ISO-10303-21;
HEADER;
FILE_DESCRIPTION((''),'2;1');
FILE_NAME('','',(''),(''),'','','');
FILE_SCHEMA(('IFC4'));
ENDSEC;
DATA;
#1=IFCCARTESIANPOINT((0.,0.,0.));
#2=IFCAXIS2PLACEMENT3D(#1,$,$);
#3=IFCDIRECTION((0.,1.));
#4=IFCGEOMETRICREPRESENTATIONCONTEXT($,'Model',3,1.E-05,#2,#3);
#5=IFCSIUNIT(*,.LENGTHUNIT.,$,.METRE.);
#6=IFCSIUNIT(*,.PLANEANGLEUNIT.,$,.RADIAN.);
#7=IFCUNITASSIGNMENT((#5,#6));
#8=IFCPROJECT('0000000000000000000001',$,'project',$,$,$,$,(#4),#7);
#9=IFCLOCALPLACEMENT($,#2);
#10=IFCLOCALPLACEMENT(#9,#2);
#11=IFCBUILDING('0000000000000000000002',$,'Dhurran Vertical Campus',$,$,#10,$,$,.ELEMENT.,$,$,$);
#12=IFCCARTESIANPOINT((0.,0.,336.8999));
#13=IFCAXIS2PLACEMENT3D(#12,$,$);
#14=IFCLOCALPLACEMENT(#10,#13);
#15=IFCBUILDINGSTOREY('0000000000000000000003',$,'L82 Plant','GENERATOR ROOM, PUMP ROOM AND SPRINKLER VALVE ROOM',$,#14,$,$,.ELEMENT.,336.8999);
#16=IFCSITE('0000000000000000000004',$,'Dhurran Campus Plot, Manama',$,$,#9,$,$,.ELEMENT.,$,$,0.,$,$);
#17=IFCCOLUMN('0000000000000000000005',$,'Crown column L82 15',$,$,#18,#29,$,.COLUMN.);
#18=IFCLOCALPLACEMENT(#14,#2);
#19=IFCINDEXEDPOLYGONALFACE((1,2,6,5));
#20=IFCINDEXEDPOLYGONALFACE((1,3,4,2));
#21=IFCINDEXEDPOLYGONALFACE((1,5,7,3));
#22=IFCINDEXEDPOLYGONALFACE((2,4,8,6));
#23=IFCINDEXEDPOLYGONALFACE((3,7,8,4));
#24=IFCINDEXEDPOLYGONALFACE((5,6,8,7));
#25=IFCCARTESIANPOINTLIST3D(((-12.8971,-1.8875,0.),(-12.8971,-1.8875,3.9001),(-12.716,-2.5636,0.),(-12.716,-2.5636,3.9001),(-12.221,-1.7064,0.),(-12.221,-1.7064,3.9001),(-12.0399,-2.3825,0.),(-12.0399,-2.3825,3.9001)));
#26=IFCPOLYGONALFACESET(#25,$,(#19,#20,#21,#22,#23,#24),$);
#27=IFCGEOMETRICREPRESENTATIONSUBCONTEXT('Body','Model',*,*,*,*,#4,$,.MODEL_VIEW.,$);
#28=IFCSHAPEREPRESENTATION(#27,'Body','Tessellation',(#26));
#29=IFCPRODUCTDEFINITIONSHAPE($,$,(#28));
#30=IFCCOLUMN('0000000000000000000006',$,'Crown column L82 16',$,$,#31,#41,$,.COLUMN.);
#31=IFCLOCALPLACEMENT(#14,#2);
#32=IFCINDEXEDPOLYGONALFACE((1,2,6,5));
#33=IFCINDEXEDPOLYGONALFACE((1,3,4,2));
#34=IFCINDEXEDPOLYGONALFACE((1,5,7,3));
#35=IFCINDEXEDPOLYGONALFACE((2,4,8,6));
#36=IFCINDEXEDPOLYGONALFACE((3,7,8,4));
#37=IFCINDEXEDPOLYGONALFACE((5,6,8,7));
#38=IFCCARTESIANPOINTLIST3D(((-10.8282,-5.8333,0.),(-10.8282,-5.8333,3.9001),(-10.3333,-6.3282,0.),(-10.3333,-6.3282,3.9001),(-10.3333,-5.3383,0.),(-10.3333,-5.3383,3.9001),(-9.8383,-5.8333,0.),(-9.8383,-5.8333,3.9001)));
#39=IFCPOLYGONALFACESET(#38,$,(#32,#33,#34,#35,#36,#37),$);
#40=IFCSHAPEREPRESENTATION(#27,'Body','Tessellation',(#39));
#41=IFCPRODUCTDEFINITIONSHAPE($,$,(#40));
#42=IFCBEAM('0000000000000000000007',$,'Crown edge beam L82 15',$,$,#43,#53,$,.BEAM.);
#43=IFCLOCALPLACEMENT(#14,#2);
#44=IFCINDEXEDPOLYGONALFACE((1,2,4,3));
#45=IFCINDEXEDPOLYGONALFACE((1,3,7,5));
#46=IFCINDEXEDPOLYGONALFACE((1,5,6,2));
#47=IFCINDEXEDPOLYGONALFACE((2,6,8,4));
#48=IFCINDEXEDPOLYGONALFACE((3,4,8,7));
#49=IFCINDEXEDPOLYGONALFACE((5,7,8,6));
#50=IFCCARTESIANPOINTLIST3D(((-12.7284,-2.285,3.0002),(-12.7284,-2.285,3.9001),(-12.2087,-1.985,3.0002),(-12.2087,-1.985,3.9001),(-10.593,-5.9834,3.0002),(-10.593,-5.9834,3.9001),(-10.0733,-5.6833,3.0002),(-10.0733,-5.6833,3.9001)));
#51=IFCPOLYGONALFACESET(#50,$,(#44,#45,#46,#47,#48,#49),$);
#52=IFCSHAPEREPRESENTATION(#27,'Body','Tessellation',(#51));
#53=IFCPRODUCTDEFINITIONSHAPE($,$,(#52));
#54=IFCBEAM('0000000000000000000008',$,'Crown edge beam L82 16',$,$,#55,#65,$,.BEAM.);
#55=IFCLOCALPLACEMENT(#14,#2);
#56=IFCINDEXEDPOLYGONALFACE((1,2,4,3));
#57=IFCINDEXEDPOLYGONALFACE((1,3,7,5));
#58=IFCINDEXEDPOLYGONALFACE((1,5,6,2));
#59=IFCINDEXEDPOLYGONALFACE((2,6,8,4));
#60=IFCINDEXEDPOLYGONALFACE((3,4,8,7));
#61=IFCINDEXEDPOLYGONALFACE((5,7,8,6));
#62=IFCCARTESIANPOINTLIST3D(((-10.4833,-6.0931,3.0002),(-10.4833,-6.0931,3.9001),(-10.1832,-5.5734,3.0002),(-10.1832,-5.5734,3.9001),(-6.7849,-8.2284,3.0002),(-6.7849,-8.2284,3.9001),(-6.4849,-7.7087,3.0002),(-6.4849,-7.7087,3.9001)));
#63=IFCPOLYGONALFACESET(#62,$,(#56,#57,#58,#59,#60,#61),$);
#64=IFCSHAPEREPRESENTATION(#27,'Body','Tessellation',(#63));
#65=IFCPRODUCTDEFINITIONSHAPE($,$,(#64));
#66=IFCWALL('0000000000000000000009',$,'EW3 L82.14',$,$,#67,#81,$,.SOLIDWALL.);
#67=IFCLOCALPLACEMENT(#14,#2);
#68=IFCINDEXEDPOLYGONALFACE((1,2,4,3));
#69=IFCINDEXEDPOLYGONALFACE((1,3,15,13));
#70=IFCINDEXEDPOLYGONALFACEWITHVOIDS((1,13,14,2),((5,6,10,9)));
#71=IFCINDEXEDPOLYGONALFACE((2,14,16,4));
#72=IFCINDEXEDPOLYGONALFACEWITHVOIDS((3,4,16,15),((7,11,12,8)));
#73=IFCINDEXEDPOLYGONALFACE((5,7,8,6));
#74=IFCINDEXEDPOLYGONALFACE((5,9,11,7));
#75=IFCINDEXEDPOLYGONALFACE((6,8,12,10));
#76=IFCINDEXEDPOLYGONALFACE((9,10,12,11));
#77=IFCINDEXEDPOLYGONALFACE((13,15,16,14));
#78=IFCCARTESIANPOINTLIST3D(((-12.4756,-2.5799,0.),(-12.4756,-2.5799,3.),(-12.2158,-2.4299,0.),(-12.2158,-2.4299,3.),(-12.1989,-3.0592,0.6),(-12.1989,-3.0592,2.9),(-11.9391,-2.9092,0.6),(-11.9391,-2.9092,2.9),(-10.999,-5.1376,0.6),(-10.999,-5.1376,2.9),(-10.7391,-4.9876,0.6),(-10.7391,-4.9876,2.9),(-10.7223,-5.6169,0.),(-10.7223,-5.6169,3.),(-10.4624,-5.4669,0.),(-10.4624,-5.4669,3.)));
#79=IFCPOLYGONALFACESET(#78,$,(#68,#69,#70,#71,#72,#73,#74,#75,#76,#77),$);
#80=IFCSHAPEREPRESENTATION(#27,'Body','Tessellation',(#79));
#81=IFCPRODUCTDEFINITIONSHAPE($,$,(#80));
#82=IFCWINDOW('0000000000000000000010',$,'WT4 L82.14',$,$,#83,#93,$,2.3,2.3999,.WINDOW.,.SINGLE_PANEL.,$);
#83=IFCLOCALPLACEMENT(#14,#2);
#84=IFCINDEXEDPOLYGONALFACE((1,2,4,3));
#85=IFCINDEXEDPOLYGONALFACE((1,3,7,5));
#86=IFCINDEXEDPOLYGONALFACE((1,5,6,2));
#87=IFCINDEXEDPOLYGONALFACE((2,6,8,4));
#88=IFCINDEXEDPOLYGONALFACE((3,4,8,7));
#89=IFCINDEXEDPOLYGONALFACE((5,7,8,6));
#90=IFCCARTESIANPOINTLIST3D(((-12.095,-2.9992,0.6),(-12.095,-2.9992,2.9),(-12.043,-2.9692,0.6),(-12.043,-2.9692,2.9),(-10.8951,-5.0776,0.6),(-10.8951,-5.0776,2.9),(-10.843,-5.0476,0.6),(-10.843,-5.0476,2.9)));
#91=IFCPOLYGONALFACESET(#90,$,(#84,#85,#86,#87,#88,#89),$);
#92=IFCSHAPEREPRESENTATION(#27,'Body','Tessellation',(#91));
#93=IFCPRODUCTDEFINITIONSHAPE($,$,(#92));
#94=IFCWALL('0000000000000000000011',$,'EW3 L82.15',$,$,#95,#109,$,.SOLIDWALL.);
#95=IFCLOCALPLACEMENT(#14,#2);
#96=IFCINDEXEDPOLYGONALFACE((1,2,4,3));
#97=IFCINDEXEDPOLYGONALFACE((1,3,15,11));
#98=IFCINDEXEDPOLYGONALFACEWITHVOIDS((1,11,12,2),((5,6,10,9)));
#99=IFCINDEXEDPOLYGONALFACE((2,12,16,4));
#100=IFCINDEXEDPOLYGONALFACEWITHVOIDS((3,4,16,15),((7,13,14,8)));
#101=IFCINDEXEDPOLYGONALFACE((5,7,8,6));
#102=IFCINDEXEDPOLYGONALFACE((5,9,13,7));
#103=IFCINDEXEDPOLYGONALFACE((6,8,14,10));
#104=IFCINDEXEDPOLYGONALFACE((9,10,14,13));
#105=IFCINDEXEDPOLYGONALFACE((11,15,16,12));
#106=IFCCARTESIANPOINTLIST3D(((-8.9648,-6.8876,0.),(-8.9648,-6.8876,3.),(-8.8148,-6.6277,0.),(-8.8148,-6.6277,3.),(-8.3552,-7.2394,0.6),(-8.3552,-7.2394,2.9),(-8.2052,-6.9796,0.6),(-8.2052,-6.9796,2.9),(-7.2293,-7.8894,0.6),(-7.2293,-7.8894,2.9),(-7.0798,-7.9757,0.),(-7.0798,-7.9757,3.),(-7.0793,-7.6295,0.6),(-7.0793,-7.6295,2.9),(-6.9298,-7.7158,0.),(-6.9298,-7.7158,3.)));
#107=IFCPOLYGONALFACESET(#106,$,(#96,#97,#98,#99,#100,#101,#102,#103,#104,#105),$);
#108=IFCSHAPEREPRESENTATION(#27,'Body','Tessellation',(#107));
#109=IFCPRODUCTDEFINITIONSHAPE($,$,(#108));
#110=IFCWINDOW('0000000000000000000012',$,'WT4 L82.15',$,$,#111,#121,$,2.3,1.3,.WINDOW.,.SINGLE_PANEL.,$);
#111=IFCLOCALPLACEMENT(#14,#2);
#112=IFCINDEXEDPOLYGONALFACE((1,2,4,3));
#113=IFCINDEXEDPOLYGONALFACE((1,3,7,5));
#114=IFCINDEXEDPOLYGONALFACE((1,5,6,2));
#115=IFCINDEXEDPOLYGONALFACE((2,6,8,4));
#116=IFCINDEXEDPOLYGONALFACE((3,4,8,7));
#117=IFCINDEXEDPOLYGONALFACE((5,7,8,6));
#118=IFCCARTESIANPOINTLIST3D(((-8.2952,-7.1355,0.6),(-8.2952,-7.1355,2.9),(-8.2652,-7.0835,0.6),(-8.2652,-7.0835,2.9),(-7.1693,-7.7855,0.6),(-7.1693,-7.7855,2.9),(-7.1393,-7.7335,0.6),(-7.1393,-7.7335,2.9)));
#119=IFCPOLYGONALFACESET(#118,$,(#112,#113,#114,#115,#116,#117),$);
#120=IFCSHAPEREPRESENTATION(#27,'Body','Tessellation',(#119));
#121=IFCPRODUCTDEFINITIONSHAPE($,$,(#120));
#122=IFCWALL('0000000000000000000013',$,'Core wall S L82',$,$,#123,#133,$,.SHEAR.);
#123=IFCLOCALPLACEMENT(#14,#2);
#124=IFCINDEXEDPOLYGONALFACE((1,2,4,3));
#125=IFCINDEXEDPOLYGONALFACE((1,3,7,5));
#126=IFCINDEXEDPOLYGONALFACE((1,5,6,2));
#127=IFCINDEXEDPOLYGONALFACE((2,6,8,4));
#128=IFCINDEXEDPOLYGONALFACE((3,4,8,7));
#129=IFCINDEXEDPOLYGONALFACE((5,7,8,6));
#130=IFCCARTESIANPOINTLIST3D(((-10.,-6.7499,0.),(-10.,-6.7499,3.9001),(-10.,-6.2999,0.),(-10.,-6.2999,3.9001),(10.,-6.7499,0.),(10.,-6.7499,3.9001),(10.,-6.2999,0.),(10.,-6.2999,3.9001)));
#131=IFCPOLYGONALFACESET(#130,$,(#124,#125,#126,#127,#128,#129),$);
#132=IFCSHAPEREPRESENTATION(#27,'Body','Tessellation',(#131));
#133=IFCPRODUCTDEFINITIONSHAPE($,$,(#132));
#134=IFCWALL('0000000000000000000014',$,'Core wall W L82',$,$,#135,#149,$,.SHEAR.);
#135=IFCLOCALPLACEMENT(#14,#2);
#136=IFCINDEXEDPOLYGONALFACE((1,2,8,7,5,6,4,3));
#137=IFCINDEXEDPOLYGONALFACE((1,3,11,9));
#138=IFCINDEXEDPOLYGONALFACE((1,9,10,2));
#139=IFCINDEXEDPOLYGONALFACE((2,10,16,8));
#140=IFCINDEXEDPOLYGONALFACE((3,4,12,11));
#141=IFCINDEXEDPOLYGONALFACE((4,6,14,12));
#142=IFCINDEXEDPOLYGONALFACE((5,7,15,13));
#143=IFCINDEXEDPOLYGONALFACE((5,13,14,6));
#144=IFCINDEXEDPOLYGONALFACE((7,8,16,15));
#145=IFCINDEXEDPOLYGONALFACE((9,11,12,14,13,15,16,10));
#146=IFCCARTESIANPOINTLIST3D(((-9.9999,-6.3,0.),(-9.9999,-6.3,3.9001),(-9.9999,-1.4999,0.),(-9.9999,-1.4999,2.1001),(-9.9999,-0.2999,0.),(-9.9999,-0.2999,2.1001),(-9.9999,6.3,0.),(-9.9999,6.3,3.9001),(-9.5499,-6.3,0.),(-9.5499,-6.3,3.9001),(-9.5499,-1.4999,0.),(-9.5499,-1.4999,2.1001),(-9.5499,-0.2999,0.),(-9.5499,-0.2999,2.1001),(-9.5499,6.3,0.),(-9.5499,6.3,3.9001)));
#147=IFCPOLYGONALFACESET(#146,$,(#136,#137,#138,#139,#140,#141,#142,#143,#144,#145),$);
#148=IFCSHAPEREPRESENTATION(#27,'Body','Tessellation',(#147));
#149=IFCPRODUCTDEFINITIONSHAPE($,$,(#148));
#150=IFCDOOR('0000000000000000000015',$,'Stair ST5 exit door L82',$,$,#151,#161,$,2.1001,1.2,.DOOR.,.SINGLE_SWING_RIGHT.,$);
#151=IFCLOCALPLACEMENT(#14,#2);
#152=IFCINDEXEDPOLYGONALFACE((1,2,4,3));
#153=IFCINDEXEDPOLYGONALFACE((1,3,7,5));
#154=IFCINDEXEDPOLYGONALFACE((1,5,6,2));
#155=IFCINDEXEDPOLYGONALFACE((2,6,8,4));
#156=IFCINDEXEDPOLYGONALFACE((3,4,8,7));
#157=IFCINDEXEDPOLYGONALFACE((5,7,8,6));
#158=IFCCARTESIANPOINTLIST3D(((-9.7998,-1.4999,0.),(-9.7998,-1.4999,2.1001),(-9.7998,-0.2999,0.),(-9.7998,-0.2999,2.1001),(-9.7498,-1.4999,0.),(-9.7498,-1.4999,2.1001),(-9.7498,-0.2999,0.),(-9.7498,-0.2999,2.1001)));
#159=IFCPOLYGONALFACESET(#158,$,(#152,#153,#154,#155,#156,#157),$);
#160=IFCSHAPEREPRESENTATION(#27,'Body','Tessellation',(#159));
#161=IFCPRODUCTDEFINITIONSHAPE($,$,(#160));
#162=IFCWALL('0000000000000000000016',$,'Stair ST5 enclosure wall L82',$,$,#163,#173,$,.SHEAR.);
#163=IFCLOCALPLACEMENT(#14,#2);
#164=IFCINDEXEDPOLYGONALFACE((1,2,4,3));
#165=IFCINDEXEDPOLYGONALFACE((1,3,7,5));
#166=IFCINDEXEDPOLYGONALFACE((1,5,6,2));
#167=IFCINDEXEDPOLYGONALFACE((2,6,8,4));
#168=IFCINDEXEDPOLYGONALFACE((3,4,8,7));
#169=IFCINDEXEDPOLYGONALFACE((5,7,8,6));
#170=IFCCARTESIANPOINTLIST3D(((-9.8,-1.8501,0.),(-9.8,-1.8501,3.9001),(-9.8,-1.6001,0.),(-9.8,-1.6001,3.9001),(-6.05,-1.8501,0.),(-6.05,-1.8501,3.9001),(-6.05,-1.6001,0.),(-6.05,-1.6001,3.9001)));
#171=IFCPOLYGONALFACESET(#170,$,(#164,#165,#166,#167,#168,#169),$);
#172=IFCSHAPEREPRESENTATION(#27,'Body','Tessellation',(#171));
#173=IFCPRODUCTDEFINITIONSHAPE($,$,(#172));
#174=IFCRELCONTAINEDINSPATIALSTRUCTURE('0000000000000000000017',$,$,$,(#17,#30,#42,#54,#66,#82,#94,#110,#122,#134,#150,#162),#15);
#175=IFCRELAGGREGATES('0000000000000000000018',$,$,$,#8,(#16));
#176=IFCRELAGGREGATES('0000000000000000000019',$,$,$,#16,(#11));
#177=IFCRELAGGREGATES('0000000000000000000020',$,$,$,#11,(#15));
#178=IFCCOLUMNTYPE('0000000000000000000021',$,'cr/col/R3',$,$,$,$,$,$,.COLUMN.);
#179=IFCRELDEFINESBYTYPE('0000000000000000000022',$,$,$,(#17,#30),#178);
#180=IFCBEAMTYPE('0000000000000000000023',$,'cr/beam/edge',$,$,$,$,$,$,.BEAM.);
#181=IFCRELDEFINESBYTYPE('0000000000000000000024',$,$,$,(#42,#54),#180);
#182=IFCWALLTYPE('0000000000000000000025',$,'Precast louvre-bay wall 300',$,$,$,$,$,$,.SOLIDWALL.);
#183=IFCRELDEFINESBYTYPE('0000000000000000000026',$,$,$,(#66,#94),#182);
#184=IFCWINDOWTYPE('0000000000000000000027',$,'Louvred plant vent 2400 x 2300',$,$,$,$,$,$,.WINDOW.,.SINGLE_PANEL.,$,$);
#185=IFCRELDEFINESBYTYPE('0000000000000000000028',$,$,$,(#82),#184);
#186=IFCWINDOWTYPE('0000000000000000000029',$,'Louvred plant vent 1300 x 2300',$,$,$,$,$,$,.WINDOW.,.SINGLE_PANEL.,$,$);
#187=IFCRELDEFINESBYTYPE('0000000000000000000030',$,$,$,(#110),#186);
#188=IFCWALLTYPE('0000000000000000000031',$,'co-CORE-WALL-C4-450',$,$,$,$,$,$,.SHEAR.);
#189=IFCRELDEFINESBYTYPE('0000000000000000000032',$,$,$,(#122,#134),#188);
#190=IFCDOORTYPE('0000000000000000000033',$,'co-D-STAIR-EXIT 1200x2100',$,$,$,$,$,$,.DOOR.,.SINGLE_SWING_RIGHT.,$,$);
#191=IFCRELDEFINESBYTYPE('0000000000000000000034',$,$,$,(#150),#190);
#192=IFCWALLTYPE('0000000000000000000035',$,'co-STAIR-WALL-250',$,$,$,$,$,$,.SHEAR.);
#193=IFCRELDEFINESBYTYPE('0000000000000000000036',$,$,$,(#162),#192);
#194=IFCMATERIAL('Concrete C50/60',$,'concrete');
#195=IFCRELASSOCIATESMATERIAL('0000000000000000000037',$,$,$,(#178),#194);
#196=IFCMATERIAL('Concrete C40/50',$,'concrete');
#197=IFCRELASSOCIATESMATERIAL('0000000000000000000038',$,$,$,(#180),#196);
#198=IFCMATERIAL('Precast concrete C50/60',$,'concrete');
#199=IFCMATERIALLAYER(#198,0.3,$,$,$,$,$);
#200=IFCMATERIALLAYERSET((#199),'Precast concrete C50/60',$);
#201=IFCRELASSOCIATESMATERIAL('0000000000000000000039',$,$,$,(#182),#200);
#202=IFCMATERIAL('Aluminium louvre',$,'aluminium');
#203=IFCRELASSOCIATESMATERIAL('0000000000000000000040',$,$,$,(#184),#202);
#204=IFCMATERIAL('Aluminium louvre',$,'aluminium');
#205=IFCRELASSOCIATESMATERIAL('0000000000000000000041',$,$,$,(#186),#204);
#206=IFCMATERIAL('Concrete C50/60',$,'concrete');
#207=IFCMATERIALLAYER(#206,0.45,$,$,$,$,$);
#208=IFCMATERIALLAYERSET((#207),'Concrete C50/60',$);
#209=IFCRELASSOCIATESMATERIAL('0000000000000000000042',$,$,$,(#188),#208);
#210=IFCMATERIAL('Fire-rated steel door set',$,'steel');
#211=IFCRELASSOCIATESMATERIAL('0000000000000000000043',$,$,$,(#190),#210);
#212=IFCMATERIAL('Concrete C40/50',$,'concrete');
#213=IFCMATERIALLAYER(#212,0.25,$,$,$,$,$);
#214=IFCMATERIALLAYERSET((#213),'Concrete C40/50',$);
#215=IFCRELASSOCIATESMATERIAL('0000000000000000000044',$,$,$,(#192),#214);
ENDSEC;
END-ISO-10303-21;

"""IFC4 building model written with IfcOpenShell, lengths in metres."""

from ifc_helpers import new_model, si_unit, direction, frame, frame_2d, origin, origin_2d, place, context, subcontext, project, spatial, rectangle, extrude, material, layer, layer_set, material_profile, profile_set, type_object, element, fill, save


model = new_model("IFC4")

# Units and contexts
model_context = context("Model", 3, precision=1e-05, world=origin(), true_north=direction((0.0, 1.0)))
body_context = subcontext(model_context, "Body", "Model", "MODEL_VIEW")
ifc_project = project(units=[si_unit("LENGTHUNIT", "METRE"), si_unit("PLANEANGLEUNIT", "RADIAN")], contexts=[model_context])

# Site, building, storey
site_placement = place(None, origin())
site = spatial("IfcSite", under=ifc_project, at=site_placement, Name="Dhurran Campus Plot, Manama", CompositionType="ELEMENT", RefElevation=0.0)
building_placement = place(site_placement, origin())
building = spatial("IfcBuilding", under=site, at=building_placement, Name="Dhurran Vertical Campus", CompositionType="ELEMENT")
storey_placement = place(building_placement, frame((0.0, 0.0, 336.8999)))
storey = spatial("IfcBuildingStorey", under=building, at=storey_placement, Name="L82 Plant", Description="GENERATOR ROOM, PUMP ROOM AND SPRINKLER VALVE ROOM", CompositionType="ELEMENT", Elevation=336.8999)

# Columns
ifc_material_1 = material(Name="Concrete C50/60", Category="concrete")
ifc_material_profile_1 = material_profile(ifc_material_1, rectangle(XDim=0.7, YDim=0.7, at=origin_2d()), Name="cr/col/R3")
ifc_profile_set_1 = profile_set([ifc_material_profile_1], Name="Concrete C50/60")
column_type = type_object("IfcColumnType", Name="cr/col/R3", PredefinedType="COLUMN", material=ifc_profile_set_1)
for number, where, z_axis, x_axis, name in (
    (1, (-12.4685, -2.135, 0.0), (0.0, 0.0, 1.0), (0.258819, -0.965926, 0.0), "Crown column L82 15"),
    (2, (-10.3333, -5.8333, 0.0), (0.0, 0.0, 1.0), (0.707107, -0.707107, 0.0), "Crown column L82 16"),
):
    element("IfcColumn", number, at=place(storey_placement, frame(where, z_axis=z_axis, x_axis=x_axis)), inside=storey, type_object=column_type, Name=name, PredefinedType="COLUMN", context=body_context, shape_type="SweptSolid", body=[
        extrude(rectangle(XDim=0.7, YDim=0.7, at=origin_2d()), origin(), (0.0, 0.0, 1.0), 3.9001),
    ])

# Beams
ifc_material_2 = material(Name="Concrete C40/50", Category="concrete")
ifc_material_profile_2 = material_profile(ifc_material_2, rectangle(XDim=0.6001, YDim=0.8999, at=origin_2d()), Name="cr/beam/edge")
ifc_profile_set_2 = profile_set([ifc_material_profile_2], Name="Concrete C40/50")
beam_type = type_object("IfcBeamType", Name="cr/beam/edge", PredefinedType="BEAM", material=ifc_profile_set_2)
for number, where, z_axis, x_axis, name in (
    (3, (-12.4685, -2.135, 3.4502), (0.500013, -0.866018, 0.0), (0.866018, 0.500013, 0.0), "Crown edge beam L82 15"),
    (4, (-10.3333, -5.8333, 3.4502), (0.866018, -0.500013, 0.0), (0.500013, 0.866018, 0.0), "Crown edge beam L82 16"),
):
    element("IfcBeam", number, at=place(storey_placement, frame(where, z_axis=z_axis, x_axis=x_axis)), inside=storey, type_object=beam_type, Name=name, PredefinedType="BEAM", context=body_context, shape_type="SweptSolid", body=[
        extrude(rectangle(XDim=0.6001, YDim=0.8999, at=origin_2d()), origin(), (0.0, 0.0, 1.0), 4.2705),
    ])

# Walls, openings, windows
ifc_material_3 = material(Name="Precast concrete C50/60", Category="concrete")
ifc_layer_1 = layer(ifc_material_3, 0.3)
ifc_layer_set_1 = layer_set([ifc_layer_1], Name="Precast concrete C50/60")
wall_type_1 = type_object("IfcWallType", Name="Precast louvre-bay wall 300", PredefinedType="SOLIDWALL", material=ifc_layer_set_1)
wall_1_placement = place(storey_placement, frame((-12.3457, -2.5049, 0.0), z_axis=(0.0, 0.0, 1.0), x_axis=(0.499988, -0.866033, 0.0)))
wall_1 = element("IfcWall", 5, at=wall_1_placement, inside=storey, type_object=wall_type_1, Name="EW3 L82.14", PredefinedType="SOLIDWALL", context=body_context, shape_type="SweptSolid", body=[
    extrude(rectangle(XDim=3.5068, YDim=0.3, at=frame_2d((1.7534, 0.0))), origin(), (0.0, 0.0, 1.0), 3.0),
])
opening_1_placement = place(wall_1_placement, frame((0.5535, 0.0, 0.6001)))
opening_1 = element("IfcOpeningElement", 6, at=opening_1_placement, cuts=wall_1, PredefinedType="OPENING", context=body_context, shape_type="SweptSolid", body=[
    extrude(rectangle(XDim=2.3999, YDim=2.3, at=frame_2d((1.2, 1.1499))), frame((0.0, 0.1599, 0.0), z_axis=(0.0, -1.0, 0.0), x_axis=(1.0, 0.0, 0.0)), (0.0, 0.0, 1.0), 0.3201),
])
ifc_material_4 = material(Name="Aluminium louvre", Category="aluminium")
window_type_1 = type_object("IfcWindowType", Name="Louvred plant vent 2400 x 2300", PartitioningType="SINGLE_PANEL", PredefinedType="WINDOW", material=ifc_material_4)
window_1_placement = place(opening_1_placement, origin())
window_1 = element("IfcWindow", 7, at=window_1_placement, inside=storey, type_object=window_type_1, Name="WT4 L82.14", OverallHeight=2.3, OverallWidth=2.3999, PartitioningType="SINGLE_PANEL", PredefinedType="WINDOW", context=body_context, shape_type="SweptSolid", body=[
    extrude(rectangle(XDim=2.3999, YDim=2.3, at=frame_2d((1.2, 1.1499))), frame((0.0, 0.03, 0.0), z_axis=(0.0, -1.0, 0.0), x_axis=(1.0, 0.0, 0.0)), (0.0, 0.0, 1.0), 0.0601),
])
fill(opening_1, window_1)
wall_2_placement = place(storey_placement, frame((-8.8899, -6.7576, 0.0), z_axis=(0.0, 0.0, 1.0), x_axis=(0.86606, -0.499939, 0.0)))
wall_2 = element("IfcWall", 8, at=wall_2_placement, inside=storey, type_object=wall_type_1, Name="EW3 L82.15", PredefinedType="SOLIDWALL", context=body_context, shape_type="SweptSolid", body=[
    extrude(rectangle(XDim=2.1765, YDim=0.3, at=frame_2d((1.0884, 0.0))), origin(), (0.0, 0.0, 1.0), 3.0),
])
opening_2_placement = place(wall_2_placement, frame((0.7041, 0.0, 0.6001)))
opening_2 = element("IfcOpeningElement", 9, at=opening_2_placement, cuts=wall_2, PredefinedType="OPENING", context=body_context, shape_type="SweptSolid", body=[
    extrude(rectangle(XDim=1.3, YDim=2.3, at=frame_2d((0.6499, 1.1499))), frame((0.0, 0.1599, 0.0), z_axis=(0.0, -1.0, 0.0), x_axis=(1.0, 0.0, 0.0)), (0.0, 0.0, 1.0), 0.3201),
])
ifc_material_5 = material(Name="Aluminium louvre", Category="aluminium")
window_type_2 = type_object("IfcWindowType", Name="Louvred plant vent 1300 x 2300", PartitioningType="SINGLE_PANEL", PredefinedType="WINDOW", material=ifc_material_5)
window_2_placement = place(opening_2_placement, origin())
window_2 = element("IfcWindow", 10, at=window_2_placement, inside=storey, type_object=window_type_2, Name="WT4 L82.15", OverallHeight=2.3, OverallWidth=1.3, PartitioningType="SINGLE_PANEL", PredefinedType="WINDOW", context=body_context, shape_type="SweptSolid", body=[
    extrude(rectangle(XDim=1.3, YDim=2.3, at=frame_2d((0.6499, 1.1499))), frame((0.0, 0.03, 0.0), z_axis=(0.0, -1.0, 0.0), x_axis=(1.0, 0.0, 0.0)), (0.0, 0.0, 1.0), 0.0601),
])
fill(opening_2, window_2)

# Wall
ifc_material_6 = material(Name="Concrete C50/60", Category="concrete")
ifc_layer_2 = layer(ifc_material_6, 0.45)
ifc_layer_set_2 = layer_set([ifc_layer_2], Name="Concrete C50/60")
wall_type_2 = type_object("IfcWallType", Name="co-CORE-WALL-C4-450", PredefinedType="SHEAR", material=ifc_layer_set_2)
wall_3_placement = place(storey_placement, frame((-10.0, -6.5249, 0.0), z_axis=(0.0, 0.0, 1.0), x_axis=(1.0, 0.0, 0.0)))
element("IfcWall", 11, at=wall_3_placement, inside=storey, type_object=wall_type_2, Name="Core wall S L82", PredefinedType="SHEAR", context=body_context, shape_type="SweptSolid", body=[
    extrude(rectangle(XDim=20.0, YDim=0.45, at=frame_2d((10.0, 0.0))), origin(), (0.0, 0.0, 1.0), 3.9001),
])

# Wall, opening, door
wall_4_placement = place(storey_placement, frame((-9.7749, -6.3, 0.0), z_axis=(0.0, 0.0, 1.0), x_axis=(0.0, 1.0, 0.0)))
wall_4 = element("IfcWall", 12, at=wall_4_placement, inside=storey, type_object=wall_type_2, Name="Core wall W L82", PredefinedType="SHEAR", context=body_context, shape_type="SweptSolid", body=[
    extrude(rectangle(XDim=12.6001, YDim=0.45, at=frame_2d((6.3, 0.0))), origin(), (0.0, 0.0, 1.0), 3.9001),
])
opening_3_placement = place(wall_4_placement, frame((4.8, 0.0, 0.0)))
opening_3 = element("IfcOpeningElement", 13, at=opening_3_placement, cuts=wall_4, PredefinedType="OPENING", context=body_context, shape_type="SweptSolid", body=[
    extrude(rectangle(XDim=1.2, YDim=2.1001, at=frame_2d((0.6001, 1.05))), frame((0.0, 0.2349, 0.0), z_axis=(0.0, -1.0, 0.0), x_axis=(1.0, 0.0, 0.0)), (0.0, 0.0, 1.0), 0.47),
])
ifc_material_7 = material(Name="Fire-rated steel door set", Category="steel")
door_type = type_object("IfcDoorType", Name="co-D-STAIR-EXIT 1200x2100", OperationType="SINGLE_SWING_RIGHT", PredefinedType="DOOR", material=ifc_material_7)
door_placement = place(opening_3_placement, origin())
door = element("IfcDoor", 14, at=door_placement, inside=storey, type_object=door_type, Name="Stair ST5 exit door L82", OperationType="SINGLE_SWING_RIGHT", OverallHeight=2.1001, OverallWidth=1.2, PredefinedType="DOOR", context=body_context, shape_type="SweptSolid", body=[
    extrude(rectangle(XDim=1.2, YDim=2.1001, at=frame_2d((0.6001, 1.05))), frame((0.0, 0.0249, 0.0), z_axis=(0.0, -1.0, 0.0), x_axis=(1.0, 0.0, 0.0)), (0.0, 0.0, 1.0), 0.05),
])
fill(opening_3, door)

# Wall
ifc_material_8 = material(Name="Concrete C40/50", Category="concrete")
ifc_layer_3 = layer(ifc_material_8, 0.25)
ifc_layer_set_3 = layer_set([ifc_layer_3], Name="Concrete C40/50")
wall_type_3 = type_object("IfcWallType", Name="co-STAIR-WALL-250", PredefinedType="SHEAR", material=ifc_layer_set_3)
wall_5_placement = place(storey_placement, frame((-9.8, -1.7251, 0.0), z_axis=(0.0, 0.0, 1.0), x_axis=(1.0, 0.0, 0.0)))
element("IfcWall", 15, at=wall_5_placement, inside=storey, type_object=wall_type_3, Name="Stair ST5 enclosure wall L82", PredefinedType="SHEAR", context=body_context, shape_type="SweptSolid", body=[
    extrude(rectangle(XDim=3.75, YDim=0.25, at=frame_2d((1.875, 0.0))), origin(), (0.0, 0.0, 1.0), 3.9001),
])

save(model, "model.ifc")
